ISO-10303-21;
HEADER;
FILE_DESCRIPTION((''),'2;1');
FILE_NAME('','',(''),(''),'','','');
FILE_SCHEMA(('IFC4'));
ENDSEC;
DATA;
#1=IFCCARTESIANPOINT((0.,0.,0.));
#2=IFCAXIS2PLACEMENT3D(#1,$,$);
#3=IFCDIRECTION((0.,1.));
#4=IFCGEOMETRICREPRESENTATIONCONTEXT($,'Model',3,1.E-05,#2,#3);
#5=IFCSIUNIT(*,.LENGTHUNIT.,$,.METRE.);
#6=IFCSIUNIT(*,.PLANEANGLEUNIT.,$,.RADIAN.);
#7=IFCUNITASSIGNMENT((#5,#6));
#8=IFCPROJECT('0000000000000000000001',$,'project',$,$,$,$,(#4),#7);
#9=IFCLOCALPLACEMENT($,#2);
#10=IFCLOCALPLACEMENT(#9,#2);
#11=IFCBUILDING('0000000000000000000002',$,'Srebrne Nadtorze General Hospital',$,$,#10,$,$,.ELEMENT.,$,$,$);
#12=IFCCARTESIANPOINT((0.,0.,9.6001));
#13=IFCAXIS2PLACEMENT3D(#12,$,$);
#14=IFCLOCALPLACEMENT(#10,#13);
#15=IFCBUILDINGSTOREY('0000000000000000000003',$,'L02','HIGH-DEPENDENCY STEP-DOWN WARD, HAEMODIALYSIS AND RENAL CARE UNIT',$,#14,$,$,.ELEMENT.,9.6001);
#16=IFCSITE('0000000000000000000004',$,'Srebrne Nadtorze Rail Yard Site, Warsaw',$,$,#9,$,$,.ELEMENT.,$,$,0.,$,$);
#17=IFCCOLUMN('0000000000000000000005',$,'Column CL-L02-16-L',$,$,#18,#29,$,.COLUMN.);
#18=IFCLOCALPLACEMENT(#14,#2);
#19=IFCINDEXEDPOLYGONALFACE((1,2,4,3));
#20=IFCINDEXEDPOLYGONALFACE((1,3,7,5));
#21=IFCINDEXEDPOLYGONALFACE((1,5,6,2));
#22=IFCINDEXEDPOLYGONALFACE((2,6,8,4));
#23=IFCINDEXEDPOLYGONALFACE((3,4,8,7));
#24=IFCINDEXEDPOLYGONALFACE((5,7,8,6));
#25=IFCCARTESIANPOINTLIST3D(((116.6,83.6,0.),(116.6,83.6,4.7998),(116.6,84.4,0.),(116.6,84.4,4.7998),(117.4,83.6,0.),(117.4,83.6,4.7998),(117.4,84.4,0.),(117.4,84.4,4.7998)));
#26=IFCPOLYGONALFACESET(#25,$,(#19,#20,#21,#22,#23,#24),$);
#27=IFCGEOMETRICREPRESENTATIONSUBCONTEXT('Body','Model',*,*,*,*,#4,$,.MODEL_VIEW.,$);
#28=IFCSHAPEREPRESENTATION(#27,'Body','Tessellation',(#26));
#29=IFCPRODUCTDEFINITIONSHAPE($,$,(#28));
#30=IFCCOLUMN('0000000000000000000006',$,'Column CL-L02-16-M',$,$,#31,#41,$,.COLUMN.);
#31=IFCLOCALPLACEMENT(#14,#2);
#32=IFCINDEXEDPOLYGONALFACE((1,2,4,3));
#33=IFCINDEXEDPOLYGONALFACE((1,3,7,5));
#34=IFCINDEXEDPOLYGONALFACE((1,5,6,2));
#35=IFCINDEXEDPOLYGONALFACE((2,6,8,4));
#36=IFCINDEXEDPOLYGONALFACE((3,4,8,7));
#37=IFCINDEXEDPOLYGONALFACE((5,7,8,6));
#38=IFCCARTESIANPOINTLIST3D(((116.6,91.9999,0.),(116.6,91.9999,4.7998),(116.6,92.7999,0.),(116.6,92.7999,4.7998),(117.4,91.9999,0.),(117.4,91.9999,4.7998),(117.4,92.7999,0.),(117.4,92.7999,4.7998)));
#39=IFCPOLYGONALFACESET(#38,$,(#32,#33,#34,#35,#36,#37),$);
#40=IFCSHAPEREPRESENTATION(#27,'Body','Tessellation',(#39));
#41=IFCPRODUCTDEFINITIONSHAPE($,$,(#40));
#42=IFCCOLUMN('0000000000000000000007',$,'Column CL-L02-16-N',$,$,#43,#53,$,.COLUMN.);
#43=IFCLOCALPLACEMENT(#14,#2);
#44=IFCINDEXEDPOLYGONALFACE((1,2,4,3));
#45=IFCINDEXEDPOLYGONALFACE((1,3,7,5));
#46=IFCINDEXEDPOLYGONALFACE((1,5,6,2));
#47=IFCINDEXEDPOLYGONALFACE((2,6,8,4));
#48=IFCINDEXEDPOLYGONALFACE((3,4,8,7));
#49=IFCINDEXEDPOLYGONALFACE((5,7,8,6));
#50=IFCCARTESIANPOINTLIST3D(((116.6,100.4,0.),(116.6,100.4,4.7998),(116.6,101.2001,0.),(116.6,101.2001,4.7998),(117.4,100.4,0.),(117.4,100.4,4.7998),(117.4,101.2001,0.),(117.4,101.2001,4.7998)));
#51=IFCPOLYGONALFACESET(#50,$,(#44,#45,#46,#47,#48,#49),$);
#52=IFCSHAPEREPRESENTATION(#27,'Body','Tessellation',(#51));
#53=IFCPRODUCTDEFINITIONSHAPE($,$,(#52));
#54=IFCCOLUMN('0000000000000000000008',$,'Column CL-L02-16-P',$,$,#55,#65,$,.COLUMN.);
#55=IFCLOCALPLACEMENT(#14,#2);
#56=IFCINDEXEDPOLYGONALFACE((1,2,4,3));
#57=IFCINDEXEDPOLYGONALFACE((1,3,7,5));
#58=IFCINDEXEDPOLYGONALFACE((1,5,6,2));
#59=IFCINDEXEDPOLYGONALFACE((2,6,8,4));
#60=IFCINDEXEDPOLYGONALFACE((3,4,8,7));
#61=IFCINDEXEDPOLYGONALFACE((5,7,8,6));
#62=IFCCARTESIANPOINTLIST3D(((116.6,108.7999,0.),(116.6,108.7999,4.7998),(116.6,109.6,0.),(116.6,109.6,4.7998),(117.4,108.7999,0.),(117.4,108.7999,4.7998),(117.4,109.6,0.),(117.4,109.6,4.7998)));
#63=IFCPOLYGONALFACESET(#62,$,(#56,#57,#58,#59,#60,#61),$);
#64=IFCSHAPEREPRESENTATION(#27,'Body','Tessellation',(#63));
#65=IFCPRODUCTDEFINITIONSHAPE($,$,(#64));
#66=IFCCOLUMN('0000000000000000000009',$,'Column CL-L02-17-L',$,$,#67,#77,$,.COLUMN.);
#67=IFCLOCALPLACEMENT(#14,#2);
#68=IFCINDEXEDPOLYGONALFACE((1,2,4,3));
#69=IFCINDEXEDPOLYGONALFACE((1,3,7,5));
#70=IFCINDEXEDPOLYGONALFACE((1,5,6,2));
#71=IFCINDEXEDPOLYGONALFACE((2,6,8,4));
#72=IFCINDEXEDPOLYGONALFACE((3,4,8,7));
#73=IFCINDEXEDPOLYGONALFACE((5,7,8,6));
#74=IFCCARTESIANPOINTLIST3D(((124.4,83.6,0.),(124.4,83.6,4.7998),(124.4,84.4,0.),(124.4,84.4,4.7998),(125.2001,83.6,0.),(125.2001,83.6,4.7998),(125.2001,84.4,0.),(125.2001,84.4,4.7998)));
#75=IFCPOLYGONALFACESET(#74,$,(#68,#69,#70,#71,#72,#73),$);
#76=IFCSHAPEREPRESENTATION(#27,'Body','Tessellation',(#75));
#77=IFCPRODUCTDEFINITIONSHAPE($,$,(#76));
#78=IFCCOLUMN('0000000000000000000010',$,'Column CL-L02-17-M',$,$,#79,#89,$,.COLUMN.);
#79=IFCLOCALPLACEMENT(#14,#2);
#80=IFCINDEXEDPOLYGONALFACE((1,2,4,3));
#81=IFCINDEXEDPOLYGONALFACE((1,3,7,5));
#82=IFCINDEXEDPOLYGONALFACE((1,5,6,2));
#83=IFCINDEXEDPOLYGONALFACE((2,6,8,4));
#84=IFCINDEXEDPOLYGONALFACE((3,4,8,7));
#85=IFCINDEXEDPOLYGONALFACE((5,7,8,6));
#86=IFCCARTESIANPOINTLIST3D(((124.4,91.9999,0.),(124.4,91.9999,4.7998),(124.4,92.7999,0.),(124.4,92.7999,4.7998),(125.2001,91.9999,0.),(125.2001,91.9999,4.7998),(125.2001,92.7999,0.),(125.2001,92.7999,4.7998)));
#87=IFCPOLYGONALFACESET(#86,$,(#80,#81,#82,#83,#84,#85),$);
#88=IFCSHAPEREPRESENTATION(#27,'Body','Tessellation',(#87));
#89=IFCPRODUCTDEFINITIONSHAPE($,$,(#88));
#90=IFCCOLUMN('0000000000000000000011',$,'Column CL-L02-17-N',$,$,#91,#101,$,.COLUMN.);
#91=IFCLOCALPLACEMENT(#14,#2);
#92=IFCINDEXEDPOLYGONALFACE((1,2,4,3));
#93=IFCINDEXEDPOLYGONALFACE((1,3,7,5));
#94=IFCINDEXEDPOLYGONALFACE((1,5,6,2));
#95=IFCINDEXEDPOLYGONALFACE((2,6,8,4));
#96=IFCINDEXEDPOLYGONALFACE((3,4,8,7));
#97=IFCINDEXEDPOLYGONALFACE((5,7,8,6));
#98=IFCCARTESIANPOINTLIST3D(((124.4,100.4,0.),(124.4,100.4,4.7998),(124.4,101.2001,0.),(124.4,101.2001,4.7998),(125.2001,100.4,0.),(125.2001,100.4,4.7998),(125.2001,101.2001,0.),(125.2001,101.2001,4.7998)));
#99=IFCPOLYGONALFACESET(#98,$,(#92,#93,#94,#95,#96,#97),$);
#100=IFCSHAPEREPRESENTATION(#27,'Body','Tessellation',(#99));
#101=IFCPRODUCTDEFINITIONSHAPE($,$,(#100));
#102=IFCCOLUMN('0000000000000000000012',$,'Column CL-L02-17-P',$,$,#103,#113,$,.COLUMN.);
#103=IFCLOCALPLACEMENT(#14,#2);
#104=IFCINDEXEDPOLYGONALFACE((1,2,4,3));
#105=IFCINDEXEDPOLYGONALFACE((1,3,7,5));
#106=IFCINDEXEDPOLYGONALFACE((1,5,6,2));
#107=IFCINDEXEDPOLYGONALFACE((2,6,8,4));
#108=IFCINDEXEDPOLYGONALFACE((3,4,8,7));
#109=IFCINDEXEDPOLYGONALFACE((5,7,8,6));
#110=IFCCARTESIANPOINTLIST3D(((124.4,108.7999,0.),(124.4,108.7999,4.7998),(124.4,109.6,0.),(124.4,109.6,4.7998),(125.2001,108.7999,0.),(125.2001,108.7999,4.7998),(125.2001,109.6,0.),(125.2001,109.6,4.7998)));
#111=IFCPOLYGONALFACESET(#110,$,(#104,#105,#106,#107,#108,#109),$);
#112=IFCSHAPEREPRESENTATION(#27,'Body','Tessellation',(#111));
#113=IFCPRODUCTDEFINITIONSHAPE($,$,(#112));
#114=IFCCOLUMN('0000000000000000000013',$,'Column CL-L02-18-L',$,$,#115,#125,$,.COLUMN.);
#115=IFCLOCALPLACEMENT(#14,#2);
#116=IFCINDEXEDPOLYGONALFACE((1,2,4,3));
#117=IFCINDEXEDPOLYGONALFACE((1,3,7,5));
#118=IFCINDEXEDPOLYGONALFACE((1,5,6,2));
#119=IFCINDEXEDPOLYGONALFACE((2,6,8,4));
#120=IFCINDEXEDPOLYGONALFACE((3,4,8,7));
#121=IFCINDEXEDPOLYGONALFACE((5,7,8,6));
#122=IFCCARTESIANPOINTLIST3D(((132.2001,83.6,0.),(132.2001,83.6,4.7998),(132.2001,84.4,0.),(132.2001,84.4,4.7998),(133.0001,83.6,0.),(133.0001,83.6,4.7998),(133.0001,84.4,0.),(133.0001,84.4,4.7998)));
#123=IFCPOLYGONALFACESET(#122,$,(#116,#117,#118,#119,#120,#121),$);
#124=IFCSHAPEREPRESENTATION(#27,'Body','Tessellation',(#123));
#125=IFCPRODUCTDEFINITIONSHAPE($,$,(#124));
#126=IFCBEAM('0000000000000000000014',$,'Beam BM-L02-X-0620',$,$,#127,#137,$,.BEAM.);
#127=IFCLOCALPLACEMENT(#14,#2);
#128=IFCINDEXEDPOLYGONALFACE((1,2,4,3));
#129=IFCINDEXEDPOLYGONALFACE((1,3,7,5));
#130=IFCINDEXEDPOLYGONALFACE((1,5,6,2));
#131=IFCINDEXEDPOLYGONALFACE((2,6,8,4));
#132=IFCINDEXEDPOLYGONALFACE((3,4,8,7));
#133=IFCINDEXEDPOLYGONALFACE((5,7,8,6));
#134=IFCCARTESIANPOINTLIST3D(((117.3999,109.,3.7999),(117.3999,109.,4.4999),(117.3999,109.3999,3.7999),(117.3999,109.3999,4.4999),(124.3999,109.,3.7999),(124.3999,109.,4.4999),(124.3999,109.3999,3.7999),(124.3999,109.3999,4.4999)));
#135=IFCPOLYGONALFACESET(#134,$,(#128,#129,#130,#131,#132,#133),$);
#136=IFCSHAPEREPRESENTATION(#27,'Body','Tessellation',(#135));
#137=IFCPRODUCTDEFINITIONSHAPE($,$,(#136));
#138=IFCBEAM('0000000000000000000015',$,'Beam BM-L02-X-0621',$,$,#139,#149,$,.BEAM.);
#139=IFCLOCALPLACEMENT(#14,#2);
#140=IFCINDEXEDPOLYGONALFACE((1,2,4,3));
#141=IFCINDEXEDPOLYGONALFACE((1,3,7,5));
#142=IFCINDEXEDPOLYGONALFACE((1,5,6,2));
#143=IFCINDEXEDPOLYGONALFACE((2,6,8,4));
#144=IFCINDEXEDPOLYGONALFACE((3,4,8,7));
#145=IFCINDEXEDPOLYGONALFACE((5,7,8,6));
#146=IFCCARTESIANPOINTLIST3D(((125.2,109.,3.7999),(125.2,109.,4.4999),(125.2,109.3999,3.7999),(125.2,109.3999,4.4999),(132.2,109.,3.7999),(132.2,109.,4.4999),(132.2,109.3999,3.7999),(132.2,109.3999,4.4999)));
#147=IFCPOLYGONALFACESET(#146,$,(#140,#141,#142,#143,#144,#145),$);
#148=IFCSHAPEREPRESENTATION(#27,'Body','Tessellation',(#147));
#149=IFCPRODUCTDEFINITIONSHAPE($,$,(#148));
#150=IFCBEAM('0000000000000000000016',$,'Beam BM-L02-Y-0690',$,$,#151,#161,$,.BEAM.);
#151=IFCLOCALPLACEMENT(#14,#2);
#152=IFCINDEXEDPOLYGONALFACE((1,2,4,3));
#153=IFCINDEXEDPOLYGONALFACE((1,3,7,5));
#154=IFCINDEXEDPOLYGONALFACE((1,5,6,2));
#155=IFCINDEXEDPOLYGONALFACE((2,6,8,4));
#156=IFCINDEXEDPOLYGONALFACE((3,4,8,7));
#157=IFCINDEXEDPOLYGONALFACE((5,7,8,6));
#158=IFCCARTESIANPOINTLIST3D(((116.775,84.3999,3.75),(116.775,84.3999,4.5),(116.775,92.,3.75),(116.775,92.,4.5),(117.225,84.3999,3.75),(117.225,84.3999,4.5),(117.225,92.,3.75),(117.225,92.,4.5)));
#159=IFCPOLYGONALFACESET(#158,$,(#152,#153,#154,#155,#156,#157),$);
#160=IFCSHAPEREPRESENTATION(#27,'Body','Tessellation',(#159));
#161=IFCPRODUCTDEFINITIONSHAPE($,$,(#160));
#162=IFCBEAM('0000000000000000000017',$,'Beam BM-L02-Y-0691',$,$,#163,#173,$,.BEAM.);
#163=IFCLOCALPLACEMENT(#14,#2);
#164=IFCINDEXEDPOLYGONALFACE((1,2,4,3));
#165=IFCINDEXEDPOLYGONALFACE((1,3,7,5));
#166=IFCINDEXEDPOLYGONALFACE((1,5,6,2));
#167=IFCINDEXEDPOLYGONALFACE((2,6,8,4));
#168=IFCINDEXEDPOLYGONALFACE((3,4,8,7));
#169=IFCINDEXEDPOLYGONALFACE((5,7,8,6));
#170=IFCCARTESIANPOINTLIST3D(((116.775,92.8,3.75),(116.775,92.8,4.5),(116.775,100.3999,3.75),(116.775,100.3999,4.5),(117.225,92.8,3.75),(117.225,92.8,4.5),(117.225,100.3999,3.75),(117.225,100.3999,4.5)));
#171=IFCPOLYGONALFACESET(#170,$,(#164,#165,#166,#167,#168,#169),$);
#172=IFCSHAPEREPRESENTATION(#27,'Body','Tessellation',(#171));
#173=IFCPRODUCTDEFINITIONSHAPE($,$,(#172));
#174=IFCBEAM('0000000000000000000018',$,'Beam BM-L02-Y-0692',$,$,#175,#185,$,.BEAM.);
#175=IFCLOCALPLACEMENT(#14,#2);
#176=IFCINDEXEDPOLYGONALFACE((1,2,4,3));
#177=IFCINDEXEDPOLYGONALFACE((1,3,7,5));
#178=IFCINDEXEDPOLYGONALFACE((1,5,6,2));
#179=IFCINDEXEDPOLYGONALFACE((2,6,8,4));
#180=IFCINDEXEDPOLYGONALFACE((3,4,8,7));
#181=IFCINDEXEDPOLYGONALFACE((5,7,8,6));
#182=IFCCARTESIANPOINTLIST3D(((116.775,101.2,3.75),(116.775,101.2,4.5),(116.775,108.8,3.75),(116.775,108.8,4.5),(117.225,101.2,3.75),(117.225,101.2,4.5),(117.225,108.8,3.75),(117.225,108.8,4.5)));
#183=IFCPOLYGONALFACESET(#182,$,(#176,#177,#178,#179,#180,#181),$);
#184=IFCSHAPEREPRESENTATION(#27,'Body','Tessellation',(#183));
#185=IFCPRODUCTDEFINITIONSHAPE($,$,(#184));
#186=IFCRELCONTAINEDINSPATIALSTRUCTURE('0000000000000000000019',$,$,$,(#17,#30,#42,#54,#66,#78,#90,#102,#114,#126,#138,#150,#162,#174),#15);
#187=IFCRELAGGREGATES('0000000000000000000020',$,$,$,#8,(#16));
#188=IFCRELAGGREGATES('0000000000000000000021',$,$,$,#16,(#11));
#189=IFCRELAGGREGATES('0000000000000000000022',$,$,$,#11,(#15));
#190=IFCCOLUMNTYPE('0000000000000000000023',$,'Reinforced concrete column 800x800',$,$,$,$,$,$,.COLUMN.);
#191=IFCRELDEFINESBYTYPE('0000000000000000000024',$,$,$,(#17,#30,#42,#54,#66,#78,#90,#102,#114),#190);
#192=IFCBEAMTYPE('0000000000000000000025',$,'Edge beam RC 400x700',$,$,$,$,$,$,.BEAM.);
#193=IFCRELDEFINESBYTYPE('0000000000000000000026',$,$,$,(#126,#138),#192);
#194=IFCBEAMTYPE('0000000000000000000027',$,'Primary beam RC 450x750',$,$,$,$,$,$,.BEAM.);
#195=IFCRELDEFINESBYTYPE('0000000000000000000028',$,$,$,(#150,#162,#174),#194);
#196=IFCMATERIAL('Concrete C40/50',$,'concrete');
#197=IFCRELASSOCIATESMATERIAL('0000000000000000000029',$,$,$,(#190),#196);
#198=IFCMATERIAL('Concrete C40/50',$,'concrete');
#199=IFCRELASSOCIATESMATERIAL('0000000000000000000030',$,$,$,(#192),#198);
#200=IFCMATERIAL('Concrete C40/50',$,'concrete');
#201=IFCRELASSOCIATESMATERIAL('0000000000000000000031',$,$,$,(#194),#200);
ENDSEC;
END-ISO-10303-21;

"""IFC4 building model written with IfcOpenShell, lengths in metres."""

from ifc_helpers import new_model, si_unit, direction, frame, origin, origin_2d, place, context, subcontext, project, spatial, rectangle, extrude, material, material_profile, profile_set, type_object, element, save


model = new_model("IFC4")

# Units and contexts
model_context = context("Model", 3, precision=1e-05, world=origin(), true_north=direction((0.0, 1.0)))
body_context = subcontext(model_context, "Body", "Model", "MODEL_VIEW")
ifc_project = project(units=[si_unit("LENGTHUNIT", "METRE"), si_unit("PLANEANGLEUNIT", "RADIAN")], contexts=[model_context])

# Site, building, storey
site_placement = place(None, origin())
site = spatial("IfcSite", under=ifc_project, at=site_placement, Name="Srebrne Nadtorze Rail Yard Site, Warsaw", CompositionType="ELEMENT", RefElevation=0.0)
building_placement = place(site_placement, origin())
building = spatial("IfcBuilding", under=site, at=building_placement, Name="Srebrne Nadtorze General Hospital", CompositionType="ELEMENT")
storey_placement = place(building_placement, frame((0.0, 0.0, 9.6001)))
storey = spatial("IfcBuildingStorey", under=building, at=storey_placement, Name="L02", Description="HIGH-DEPENDENCY STEP-DOWN WARD, HAEMODIALYSIS AND RENAL CARE UNIT", CompositionType="ELEMENT", Elevation=9.6001)

# Columns
ifc_material_1 = material(Name="Concrete C40/50", Category="concrete")
ifc_material_profile_1 = material_profile(ifc_material_1, rectangle(XDim=0.8, YDim=0.8, at=origin_2d()), Name="RC-COL-800x800")
ifc_profile_set_1 = profile_set([ifc_material_profile_1], Name="Concrete C40/50")
column_type = type_object("IfcColumnType", Name="Reinforced concrete column 800x800", PredefinedType="COLUMN", material=ifc_profile_set_1)
for number, where, z_axis, x_axis, name in (
    (1, (117.0, 84.0, 0.0), (0.0, 0.0, 1.0), (1.0, 0.0, 0.0), "Column CL-L02-16-L"),
    (2, (117.0, 92.3999, 0.0), (0.0, 0.0, 1.0), (1.0, 0.0, 0.0), "Column CL-L02-16-M"),
    (3, (117.0, 100.8, 0.0), (0.0, 0.0, 1.0), (1.0, 0.0, 0.0), "Column CL-L02-16-N"),
    (4, (117.0, 109.2, 0.0), (0.0, 0.0, 1.0), (1.0, 0.0, 0.0), "Column CL-L02-16-P"),
    (5, (124.8, 84.0, 0.0), (0.0, 0.0, 1.0), (1.0, 0.0, 0.0), "Column CL-L02-17-L"),
    (6, (124.8, 92.3999, 0.0), (0.0, 0.0, 1.0), (1.0, 0.0, 0.0), "Column CL-L02-17-M"),
    (7, (124.8, 100.8, 0.0), (0.0, 0.0, 1.0), (1.0, 0.0, 0.0), "Column CL-L02-17-N"),
    (8, (124.8, 109.2, 0.0), (0.0, 0.0, 1.0), (1.0, 0.0, 0.0), "Column CL-L02-17-P"),
    (9, (132.6001, 84.0, 0.0), (0.0, 0.0, 1.0), (1.0, 0.0, 0.0), "Column CL-L02-18-L"),
):
    element("IfcColumn", number, at=place(storey_placement, frame(where, z_axis=z_axis, x_axis=x_axis)), inside=storey, type_object=column_type, Name=name, PredefinedType="COLUMN", context=body_context, shape_type="SweptSolid", body=[
        extrude(rectangle(XDim=0.8, YDim=0.8, at=origin_2d()), origin(), (0.0, 0.0, 1.0), 4.7998),
    ])

# Beams
ifc_material_2 = material(Name="Concrete C40/50", Category="concrete")
ifc_material_profile_2 = material_profile(ifc_material_2, rectangle(XDim=0.3999, YDim=0.7, at=origin_2d()), Name="RC-BM-400x700")
ifc_profile_set_2 = profile_set([ifc_material_profile_2], Name="Concrete C40/50")
beam_type_1 = type_object("IfcBeamType", Name="Edge beam RC 400x700", PredefinedType="BEAM", material=ifc_profile_set_2)
for number, where, z_axis, x_axis, name in (
    (10, (117.3999, 109.2, 4.1499), (1.0, 0.0, 0.0), (0.0, 1.0, 0.0), "Beam BM-L02-X-0620"),
    (11, (125.2, 109.2, 4.1499), (1.0, 0.0, 0.0), (0.0, 1.0, 0.0), "Beam BM-L02-X-0621"),
):
    element("IfcBeam", number, at=place(storey_placement, frame(where, z_axis=z_axis, x_axis=x_axis)), inside=storey, type_object=beam_type_1, Name=name, PredefinedType="BEAM", context=body_context, shape_type="SweptSolid", body=[
        extrude(rectangle(XDim=0.3999, YDim=0.7, at=origin_2d()), origin(), (0.0, 0.0, 1.0), 7.0),
    ])
ifc_material_3 = material(Name="Concrete C40/50", Category="concrete")
ifc_material_profile_3 = material_profile(ifc_material_3, rectangle(XDim=0.45, YDim=0.75, at=origin_2d()), Name="RC-BM-450x750")
ifc_profile_set_3 = profile_set([ifc_material_profile_3], Name="Concrete C40/50")
beam_type_2 = type_object("IfcBeamType", Name="Primary beam RC 450x750", PredefinedType="BEAM", material=ifc_profile_set_3)
beam_1_placement = place(storey_placement, frame((117.0, 84.3999, 4.125), z_axis=(0.0, 1.0, 0.0), x_axis=(-1.0, 0.0, 0.0)))
element("IfcBeam", 12, at=beam_1_placement, inside=storey, type_object=beam_type_2, Name="Beam BM-L02-Y-0690", PredefinedType="BEAM", context=body_context, shape_type="SweptSolid", body=[
    extrude(rectangle(XDim=0.45, YDim=0.75, at=origin_2d()), origin(), (0.0, 0.0, 1.0), 7.6001),
])
beam_2_placement = place(storey_placement, frame((117.0, 92.8, 4.125), z_axis=(0.0, 1.0, 0.0), x_axis=(-1.0, 0.0, 0.0)))
element("IfcBeam", 13, at=beam_2_placement, inside=storey, type_object=beam_type_2, Name="Beam BM-L02-Y-0691", PredefinedType="BEAM", context=body_context, shape_type="SweptSolid", body=[
    extrude(rectangle(XDim=0.45, YDim=0.75, at=origin_2d()), origin(), (0.0, 0.0, 1.0), 7.5999),
])
beam_3_placement = place(storey_placement, frame((117.0, 101.2, 4.125), z_axis=(0.0, 1.0, 0.0), x_axis=(-1.0, 0.0, 0.0)))
element("IfcBeam", 14, at=beam_3_placement, inside=storey, type_object=beam_type_2, Name="Beam BM-L02-Y-0692", PredefinedType="BEAM", context=body_context, shape_type="SweptSolid", body=[
    extrude(rectangle(XDim=0.45, YDim=0.75, at=origin_2d()), origin(), (0.0, 0.0, 1.0), 7.6001),
])

save(model, "model.ifc")
